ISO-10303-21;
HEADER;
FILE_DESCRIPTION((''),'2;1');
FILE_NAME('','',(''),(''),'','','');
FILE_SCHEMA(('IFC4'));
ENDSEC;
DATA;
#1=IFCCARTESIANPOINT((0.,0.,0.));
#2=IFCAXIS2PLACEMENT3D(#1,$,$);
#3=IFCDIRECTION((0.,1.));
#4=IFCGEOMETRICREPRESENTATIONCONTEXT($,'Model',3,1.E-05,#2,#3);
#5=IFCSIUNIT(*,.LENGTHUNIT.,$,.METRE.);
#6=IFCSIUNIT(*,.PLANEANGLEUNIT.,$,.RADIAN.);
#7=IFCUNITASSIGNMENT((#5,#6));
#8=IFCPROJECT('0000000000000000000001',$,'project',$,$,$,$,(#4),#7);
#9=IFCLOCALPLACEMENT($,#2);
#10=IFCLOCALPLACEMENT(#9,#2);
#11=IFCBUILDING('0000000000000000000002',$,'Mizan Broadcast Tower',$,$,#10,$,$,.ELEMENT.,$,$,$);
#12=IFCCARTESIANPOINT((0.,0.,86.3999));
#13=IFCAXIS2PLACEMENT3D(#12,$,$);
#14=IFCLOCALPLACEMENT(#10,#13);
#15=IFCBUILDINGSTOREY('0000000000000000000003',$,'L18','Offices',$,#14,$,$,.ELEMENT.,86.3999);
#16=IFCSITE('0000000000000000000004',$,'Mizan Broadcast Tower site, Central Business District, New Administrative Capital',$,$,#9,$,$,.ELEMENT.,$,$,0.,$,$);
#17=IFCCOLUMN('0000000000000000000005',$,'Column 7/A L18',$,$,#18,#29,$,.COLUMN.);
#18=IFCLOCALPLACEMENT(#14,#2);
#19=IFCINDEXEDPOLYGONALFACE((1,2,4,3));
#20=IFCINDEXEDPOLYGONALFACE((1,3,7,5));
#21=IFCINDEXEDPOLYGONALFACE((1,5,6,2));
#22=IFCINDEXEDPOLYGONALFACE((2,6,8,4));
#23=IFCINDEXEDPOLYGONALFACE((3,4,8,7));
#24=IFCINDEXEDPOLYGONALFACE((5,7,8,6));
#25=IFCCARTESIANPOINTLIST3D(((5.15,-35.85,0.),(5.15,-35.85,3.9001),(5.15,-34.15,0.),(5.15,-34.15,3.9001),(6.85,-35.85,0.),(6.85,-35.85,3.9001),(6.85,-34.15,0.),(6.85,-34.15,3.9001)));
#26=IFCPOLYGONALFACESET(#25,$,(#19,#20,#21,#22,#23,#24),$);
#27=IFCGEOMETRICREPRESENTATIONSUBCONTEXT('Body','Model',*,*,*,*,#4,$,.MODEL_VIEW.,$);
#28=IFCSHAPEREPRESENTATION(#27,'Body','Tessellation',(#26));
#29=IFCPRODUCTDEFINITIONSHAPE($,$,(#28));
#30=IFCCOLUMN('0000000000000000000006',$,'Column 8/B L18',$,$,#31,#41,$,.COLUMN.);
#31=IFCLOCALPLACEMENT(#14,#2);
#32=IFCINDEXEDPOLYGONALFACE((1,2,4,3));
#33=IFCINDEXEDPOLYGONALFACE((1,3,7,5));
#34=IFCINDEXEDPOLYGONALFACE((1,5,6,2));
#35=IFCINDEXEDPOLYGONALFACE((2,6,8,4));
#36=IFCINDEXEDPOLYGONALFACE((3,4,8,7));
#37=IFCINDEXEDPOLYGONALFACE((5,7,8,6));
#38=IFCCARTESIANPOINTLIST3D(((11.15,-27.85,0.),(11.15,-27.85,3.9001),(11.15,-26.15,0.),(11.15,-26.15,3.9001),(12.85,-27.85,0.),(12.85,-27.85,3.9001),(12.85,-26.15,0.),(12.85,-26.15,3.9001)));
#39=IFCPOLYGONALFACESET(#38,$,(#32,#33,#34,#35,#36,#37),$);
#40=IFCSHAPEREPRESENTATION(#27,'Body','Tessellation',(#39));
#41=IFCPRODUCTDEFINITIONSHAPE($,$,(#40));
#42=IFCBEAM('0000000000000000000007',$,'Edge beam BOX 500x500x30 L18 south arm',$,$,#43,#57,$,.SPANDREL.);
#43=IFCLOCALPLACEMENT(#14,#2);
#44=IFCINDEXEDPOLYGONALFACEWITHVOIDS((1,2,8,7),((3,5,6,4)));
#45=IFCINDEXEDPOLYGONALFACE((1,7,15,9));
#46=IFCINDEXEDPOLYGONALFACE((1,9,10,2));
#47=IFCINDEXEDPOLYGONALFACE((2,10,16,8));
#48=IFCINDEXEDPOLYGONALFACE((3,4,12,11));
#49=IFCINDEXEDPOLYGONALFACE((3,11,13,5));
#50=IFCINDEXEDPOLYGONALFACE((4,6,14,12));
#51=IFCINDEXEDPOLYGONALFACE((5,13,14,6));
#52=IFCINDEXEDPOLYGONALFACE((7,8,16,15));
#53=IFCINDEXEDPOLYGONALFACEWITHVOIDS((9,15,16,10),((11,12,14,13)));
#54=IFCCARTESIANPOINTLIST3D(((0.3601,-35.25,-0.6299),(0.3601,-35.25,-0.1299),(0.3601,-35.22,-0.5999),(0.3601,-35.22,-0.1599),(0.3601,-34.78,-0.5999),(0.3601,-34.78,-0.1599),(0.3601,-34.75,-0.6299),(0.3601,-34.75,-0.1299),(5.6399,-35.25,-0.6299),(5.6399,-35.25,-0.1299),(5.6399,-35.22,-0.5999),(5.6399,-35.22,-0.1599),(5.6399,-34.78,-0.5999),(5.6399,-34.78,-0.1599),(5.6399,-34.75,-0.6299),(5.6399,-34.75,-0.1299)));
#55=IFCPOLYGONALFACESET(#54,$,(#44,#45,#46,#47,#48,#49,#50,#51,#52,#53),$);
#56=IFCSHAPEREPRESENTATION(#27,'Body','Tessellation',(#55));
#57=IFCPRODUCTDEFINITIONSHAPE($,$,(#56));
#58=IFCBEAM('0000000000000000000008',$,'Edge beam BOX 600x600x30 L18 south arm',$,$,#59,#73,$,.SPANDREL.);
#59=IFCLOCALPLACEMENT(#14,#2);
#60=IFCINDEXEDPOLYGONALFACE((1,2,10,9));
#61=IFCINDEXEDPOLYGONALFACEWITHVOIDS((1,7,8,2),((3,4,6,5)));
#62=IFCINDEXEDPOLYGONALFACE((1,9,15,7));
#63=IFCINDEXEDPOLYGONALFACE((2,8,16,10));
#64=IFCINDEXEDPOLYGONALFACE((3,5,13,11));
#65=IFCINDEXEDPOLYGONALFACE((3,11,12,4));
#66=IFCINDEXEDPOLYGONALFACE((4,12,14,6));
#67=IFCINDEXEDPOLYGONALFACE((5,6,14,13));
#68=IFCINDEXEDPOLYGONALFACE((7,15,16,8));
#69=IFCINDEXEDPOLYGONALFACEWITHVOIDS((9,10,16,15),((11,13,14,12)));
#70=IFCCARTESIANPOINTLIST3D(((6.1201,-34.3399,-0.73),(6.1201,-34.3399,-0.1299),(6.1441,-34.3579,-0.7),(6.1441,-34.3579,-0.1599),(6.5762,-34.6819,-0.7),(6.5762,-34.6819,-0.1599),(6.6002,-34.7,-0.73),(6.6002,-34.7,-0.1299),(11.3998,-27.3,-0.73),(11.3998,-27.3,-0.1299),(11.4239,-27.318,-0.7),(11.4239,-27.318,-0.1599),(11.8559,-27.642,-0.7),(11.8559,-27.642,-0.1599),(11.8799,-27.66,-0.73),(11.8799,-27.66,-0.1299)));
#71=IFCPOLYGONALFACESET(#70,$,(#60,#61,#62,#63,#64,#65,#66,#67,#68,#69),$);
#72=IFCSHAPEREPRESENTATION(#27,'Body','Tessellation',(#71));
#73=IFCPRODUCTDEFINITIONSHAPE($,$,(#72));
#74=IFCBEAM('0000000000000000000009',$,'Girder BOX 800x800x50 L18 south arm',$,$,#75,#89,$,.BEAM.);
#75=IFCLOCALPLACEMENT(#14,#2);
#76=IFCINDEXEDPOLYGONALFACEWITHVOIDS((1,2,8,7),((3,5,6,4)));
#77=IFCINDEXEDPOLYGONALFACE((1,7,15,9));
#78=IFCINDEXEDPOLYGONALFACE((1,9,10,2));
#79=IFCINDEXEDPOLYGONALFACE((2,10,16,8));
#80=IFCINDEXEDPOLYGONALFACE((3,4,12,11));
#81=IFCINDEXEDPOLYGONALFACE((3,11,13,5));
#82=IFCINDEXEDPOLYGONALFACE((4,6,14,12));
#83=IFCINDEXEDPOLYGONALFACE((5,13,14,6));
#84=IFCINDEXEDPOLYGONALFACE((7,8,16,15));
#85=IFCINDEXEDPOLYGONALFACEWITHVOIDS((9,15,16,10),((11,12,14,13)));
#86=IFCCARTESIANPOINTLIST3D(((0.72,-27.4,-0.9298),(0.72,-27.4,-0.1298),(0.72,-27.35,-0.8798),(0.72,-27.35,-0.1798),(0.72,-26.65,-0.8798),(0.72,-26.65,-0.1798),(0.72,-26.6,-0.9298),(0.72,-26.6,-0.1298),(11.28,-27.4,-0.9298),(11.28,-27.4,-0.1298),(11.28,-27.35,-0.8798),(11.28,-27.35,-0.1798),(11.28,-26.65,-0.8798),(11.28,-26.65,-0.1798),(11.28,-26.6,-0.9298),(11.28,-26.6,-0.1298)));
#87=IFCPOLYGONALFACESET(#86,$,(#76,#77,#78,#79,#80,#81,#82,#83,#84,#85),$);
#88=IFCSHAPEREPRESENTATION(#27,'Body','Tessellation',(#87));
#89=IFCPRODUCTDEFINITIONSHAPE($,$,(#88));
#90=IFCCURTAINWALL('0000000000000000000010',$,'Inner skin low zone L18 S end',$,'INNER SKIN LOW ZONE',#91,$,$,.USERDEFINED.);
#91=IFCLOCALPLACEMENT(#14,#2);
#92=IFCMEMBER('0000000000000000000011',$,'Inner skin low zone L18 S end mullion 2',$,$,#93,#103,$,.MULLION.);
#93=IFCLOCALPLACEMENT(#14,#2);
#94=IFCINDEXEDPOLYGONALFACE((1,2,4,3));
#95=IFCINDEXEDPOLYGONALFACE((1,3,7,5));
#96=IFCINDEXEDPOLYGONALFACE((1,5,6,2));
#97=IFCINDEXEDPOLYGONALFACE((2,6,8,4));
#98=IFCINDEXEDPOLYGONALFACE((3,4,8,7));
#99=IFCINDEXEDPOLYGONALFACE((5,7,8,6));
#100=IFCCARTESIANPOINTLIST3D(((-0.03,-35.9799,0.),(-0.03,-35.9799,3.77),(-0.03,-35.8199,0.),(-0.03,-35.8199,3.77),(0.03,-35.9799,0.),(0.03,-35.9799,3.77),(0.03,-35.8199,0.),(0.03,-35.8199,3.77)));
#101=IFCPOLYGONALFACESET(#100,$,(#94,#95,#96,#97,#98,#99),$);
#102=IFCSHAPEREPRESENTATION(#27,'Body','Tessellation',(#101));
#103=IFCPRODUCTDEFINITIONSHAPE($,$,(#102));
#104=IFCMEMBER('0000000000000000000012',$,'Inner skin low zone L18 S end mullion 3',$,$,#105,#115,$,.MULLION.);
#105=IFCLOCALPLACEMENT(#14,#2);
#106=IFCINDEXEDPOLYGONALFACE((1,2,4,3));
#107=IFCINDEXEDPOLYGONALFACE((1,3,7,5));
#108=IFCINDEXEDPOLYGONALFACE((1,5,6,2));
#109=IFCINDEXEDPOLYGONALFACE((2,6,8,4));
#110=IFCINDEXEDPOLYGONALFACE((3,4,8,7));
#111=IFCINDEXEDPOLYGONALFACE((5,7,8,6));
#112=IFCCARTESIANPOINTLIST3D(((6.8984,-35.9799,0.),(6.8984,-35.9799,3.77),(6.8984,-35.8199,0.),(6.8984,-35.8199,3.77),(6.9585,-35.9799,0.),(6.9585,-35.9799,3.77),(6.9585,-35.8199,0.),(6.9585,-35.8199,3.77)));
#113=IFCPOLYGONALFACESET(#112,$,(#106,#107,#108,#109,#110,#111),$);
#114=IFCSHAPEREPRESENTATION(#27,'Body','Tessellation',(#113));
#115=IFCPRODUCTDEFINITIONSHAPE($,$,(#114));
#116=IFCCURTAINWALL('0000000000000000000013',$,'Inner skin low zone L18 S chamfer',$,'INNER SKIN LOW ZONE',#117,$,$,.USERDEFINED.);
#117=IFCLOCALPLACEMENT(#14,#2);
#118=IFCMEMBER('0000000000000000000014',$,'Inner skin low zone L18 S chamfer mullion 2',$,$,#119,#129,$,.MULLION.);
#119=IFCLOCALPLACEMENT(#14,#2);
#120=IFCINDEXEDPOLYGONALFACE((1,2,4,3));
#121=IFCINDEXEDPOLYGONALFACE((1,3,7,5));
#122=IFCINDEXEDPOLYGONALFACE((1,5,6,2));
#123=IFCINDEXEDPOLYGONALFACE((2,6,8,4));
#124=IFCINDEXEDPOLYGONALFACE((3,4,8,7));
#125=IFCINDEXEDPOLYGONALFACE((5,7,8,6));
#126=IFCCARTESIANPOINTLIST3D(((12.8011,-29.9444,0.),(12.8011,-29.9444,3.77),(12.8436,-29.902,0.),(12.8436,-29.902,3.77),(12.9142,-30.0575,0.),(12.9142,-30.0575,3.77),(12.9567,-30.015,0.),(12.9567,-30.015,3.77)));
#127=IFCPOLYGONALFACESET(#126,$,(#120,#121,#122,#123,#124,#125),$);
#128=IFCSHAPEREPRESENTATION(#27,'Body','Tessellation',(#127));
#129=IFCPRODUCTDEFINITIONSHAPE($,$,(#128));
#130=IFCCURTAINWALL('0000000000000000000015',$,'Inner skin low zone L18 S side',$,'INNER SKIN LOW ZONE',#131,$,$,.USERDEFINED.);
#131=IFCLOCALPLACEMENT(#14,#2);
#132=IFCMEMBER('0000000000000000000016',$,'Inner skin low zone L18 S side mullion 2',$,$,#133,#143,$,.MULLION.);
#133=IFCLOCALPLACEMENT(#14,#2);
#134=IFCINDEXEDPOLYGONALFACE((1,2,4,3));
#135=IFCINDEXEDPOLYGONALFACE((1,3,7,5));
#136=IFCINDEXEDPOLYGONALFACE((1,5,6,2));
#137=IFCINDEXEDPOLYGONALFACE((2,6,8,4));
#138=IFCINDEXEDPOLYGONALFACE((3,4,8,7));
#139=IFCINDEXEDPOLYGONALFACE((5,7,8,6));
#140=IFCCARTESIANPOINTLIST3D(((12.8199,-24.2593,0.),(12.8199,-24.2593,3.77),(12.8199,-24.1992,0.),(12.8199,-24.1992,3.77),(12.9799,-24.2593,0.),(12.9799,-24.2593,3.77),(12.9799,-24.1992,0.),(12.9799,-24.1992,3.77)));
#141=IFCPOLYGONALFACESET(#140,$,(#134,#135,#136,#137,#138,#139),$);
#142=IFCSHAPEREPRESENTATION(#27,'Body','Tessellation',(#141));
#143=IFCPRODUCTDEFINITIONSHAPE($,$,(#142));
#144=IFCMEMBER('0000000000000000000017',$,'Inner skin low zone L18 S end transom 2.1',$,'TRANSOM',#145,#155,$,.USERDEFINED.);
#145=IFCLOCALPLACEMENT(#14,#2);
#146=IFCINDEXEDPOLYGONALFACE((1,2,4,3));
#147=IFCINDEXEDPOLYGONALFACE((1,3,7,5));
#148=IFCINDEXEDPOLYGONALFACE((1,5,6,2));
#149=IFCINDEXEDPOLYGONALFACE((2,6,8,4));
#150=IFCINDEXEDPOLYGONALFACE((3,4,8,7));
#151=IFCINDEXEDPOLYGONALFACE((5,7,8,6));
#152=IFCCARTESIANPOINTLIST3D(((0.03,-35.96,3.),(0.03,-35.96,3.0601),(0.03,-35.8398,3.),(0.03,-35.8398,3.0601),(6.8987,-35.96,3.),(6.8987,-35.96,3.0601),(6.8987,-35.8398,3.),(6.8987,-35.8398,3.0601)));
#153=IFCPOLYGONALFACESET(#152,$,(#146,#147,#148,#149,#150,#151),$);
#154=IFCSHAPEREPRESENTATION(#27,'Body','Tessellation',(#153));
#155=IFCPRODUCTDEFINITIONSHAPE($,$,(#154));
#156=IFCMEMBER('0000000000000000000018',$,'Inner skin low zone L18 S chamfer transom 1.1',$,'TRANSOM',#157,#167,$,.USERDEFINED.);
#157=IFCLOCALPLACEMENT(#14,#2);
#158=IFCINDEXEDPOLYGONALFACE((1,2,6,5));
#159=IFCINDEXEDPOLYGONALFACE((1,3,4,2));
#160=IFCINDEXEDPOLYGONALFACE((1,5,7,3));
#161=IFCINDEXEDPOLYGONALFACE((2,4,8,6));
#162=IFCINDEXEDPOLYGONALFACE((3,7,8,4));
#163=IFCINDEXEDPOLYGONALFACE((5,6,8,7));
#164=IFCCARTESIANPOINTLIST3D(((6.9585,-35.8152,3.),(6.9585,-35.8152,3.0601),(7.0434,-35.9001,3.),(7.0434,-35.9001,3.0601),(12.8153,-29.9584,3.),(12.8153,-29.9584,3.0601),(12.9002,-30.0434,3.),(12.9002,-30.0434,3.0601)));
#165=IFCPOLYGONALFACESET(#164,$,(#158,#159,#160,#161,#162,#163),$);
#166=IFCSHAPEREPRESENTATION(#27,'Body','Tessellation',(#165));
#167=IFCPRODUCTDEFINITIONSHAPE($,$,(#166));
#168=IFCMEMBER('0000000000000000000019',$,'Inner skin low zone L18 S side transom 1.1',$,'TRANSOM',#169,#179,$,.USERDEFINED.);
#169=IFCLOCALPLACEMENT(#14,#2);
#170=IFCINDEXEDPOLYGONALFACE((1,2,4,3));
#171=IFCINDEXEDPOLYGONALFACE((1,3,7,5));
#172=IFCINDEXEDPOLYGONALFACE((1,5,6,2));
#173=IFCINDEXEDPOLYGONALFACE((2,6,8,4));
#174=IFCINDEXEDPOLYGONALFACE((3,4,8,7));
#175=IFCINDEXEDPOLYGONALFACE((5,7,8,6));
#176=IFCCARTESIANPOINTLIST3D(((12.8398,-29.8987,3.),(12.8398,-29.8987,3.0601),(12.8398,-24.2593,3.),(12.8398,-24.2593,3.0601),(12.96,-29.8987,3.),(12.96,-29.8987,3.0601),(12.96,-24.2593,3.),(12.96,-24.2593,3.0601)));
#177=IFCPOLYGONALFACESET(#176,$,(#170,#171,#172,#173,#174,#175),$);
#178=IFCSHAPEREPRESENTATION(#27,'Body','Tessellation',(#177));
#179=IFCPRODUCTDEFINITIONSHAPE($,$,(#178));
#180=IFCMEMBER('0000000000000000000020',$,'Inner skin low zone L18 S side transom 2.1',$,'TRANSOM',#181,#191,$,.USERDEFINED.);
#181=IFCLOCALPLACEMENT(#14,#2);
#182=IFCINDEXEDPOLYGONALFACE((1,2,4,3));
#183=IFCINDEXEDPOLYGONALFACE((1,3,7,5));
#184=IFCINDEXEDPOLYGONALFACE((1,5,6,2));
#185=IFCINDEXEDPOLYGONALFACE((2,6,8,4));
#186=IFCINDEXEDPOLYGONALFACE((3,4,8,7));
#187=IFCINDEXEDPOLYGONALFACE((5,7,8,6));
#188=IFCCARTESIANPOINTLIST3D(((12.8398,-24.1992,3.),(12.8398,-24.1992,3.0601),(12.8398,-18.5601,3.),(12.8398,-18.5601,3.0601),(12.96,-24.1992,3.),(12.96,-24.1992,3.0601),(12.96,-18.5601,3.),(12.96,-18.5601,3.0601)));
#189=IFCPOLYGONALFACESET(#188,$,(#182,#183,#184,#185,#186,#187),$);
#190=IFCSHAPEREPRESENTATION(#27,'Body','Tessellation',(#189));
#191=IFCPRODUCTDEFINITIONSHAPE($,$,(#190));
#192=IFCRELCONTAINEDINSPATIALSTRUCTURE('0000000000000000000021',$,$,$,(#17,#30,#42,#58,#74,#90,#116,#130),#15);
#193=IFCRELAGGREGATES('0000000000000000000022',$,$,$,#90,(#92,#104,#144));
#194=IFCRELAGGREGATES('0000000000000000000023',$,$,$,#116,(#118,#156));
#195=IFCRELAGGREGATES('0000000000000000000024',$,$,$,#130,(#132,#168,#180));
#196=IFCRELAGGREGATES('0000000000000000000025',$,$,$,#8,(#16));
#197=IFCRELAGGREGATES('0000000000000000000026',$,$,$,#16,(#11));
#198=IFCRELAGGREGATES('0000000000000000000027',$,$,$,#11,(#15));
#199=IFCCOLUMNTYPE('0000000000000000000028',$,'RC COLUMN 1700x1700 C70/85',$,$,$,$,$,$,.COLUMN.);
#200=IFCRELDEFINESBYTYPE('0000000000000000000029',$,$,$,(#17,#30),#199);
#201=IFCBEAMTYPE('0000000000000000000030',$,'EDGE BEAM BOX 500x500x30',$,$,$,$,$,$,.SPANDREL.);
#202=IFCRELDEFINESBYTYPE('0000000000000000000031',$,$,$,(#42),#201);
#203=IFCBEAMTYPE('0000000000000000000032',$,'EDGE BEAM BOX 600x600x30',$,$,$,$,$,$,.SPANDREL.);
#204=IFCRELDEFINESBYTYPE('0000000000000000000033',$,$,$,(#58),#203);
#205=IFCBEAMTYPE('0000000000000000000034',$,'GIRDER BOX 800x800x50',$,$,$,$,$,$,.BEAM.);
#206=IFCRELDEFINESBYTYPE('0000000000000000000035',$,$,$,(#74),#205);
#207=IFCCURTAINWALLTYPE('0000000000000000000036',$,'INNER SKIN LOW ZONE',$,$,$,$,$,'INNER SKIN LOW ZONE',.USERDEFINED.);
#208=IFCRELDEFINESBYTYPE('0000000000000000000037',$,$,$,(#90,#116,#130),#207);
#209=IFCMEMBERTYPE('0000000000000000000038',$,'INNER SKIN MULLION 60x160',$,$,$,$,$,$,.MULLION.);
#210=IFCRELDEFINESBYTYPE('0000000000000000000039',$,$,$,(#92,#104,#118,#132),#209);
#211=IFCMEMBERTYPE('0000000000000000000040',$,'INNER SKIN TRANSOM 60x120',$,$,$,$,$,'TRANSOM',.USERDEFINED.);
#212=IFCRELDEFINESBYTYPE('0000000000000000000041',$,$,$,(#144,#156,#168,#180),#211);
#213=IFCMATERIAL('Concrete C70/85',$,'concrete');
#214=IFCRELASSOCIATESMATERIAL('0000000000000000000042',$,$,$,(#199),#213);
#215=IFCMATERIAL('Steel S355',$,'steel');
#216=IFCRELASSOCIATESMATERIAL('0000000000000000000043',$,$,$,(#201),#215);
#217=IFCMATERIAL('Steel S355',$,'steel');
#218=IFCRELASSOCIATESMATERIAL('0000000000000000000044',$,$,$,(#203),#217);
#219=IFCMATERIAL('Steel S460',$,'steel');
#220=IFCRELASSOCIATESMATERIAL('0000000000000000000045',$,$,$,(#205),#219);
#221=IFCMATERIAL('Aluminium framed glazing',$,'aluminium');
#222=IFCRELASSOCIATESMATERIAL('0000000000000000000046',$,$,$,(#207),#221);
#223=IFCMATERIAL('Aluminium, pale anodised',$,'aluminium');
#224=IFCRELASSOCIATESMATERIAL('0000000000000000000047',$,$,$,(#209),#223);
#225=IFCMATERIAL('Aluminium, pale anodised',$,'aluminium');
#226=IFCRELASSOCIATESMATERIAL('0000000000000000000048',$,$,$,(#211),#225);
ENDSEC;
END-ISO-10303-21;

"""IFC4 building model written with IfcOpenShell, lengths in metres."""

from ifc_helpers import new_model, si_unit, direction, frame, origin, origin_2d, place, context, subcontext, project, spatial, rectangle, hollow_rectangle, extrude, material, material_profile, profile_set, type_object, element, aggregate, save


model = new_model("IFC4")

# Units and contexts
model_context = context("Model", 3, precision=1e-05, world=origin(), true_north=direction((0.0, 1.0)))
body_context = subcontext(model_context, "Body", "Model", "MODEL_VIEW")
ifc_project = project(units=[si_unit("LENGTHUNIT", "METRE"), si_unit("PLANEANGLEUNIT", "RADIAN")], contexts=[model_context])

# Site, building, storey
site_placement = place(None, origin())
site = spatial("IfcSite", under=ifc_project, at=site_placement, Name="Mizan Broadcast Tower site, Central Business District, New Administrative Capital", CompositionType="ELEMENT", RefElevation=0.0)
building_placement = place(site_placement, origin())
building = spatial("IfcBuilding", under=site, at=building_placement, Name="Mizan Broadcast Tower", CompositionType="ELEMENT")
storey_placement = place(building_placement, frame((0.0, 0.0, 86.3999)))
storey = spatial("IfcBuildingStorey", under=building, at=storey_placement, Name="L18", Description="Offices", CompositionType="ELEMENT", Elevation=86.3999)

# Columns
ifc_material_1 = material(Name="Concrete C70/85", Category="concrete")
ifc_material_profile_1 = material_profile(ifc_material_1, rectangle(XDim=1.7, YDim=1.7, at=origin_2d()), Name="RC 1700x1700")
ifc_profile_set_1 = profile_set([ifc_material_profile_1], Name="Concrete C70/85")
column_type = type_object("IfcColumnType", Name="RC COLUMN 1700x1700 C70/85", PredefinedType="COLUMN", material=ifc_profile_set_1)
for number, where, z_axis, x_axis, name in (
    (1, (6.0, -35.0, 0.0), (0.0, 0.0, 1.0), (1.0, 0.0, 0.0), "Column 7/A L18"),
    (2, (12.0, -27.0, 0.0), (0.0, 0.0, 1.0), (1.0, 0.0, 0.0), "Column 8/B L18"),
):
    element("IfcColumn", number, at=place(storey_placement, frame(where, z_axis=z_axis, x_axis=x_axis)), inside=storey, type_object=column_type, Name=name, PredefinedType="COLUMN", context=body_context, shape_type="SweptSolid", body=[
        extrude(rectangle(XDim=1.7, YDim=1.7, at=origin_2d()), origin(), (0.0, 0.0, 1.0), 3.9001),
    ])

# Beams
ifc_material_2 = material(Name="Steel S355", Category="steel")
ifc_material_profile_2 = material_profile(ifc_material_2, hollow_rectangle(XDim=0.5, YDim=0.5, WallThickness=0.03, at=origin_2d()), Name="BOX 500x500x30")
ifc_profile_set_2 = profile_set([ifc_material_profile_2], Name="Steel S355")
beam_type_1 = type_object("IfcBeamType", Name="EDGE BEAM BOX 500x500x30", PredefinedType="SPANDREL", material=ifc_profile_set_2)
beam_1_placement = place(storey_placement, frame((5.6399, -35.0, -0.3799), z_axis=(-1.0, 0.0, 0.0), x_axis=(0.0, -1.0, 0.0)))
element("IfcBeam", 3, at=beam_1_placement, inside=storey, type_object=beam_type_1, Name="Edge beam BOX 500x500x30 L18 south arm", PredefinedType="SPANDREL", context=body_context, shape_type="SweptSolid", body=[
    extrude(hollow_rectangle(XDim=0.5, YDim=0.5, WallThickness=0.03, at=origin_2d()), origin(), (0.0, 0.0, 1.0), 5.2798),
])
ifc_material_3 = material(Name="Steel S355", Category="steel")
ifc_material_profile_3 = material_profile(ifc_material_3, hollow_rectangle(XDim=0.6001, YDim=0.6001, WallThickness=0.03, at=origin_2d()), Name="BOX 600x600x30")
ifc_profile_set_3 = profile_set([ifc_material_profile_3], Name="Steel S355")
beam_type_2 = type_object("IfcBeamType", Name="EDGE BEAM BOX 600x600x30", PredefinedType="SPANDREL", material=ifc_profile_set_3)
beam_2_placement = place(storey_placement, frame((11.6399, -27.48, -0.4299), z_axis=(-0.599982, -0.800013, 0.0), x_axis=(0.800013, -0.599982, 0.0)))
element("IfcBeam", 4, at=beam_2_placement, inside=storey, type_object=beam_type_2, Name="Edge beam BOX 600x600x30 L18 south arm", PredefinedType="SPANDREL", context=body_context, shape_type="SweptSolid", body=[
    extrude(hollow_rectangle(XDim=0.6001, YDim=0.6001, WallThickness=0.03, at=origin_2d()), origin(), (0.0, 0.0, 1.0), 8.7998),
])
ifc_material_4 = material(Name="Steel S460", Category="steel")
ifc_material_profile_4 = material_profile(ifc_material_4, hollow_rectangle(XDim=0.8, YDim=0.8, WallThickness=0.05, at=origin_2d()), Name="BOX 800x800x50")
ifc_profile_set_4 = profile_set([ifc_material_profile_4], Name="Steel S460")
beam_type_3 = type_object("IfcBeamType", Name="GIRDER BOX 800x800x50", PredefinedType="BEAM", material=ifc_profile_set_4)
beam_3_placement = place(storey_placement, frame((11.28, -27.0, -0.5298), z_axis=(-1.0, 0.0, 0.0), x_axis=(0.0, -1.0, 0.0)))
element("IfcBeam", 5, at=beam_3_placement, inside=storey, type_object=beam_type_3, Name="Girder BOX 800x800x50 L18 south arm", PredefinedType="BEAM", context=body_context, shape_type="SweptSolid", body=[
    extrude(hollow_rectangle(XDim=0.8, YDim=0.8, WallThickness=0.05, at=origin_2d()), origin(), (0.0, 0.0, 1.0), 10.5601),
])

# Curtain wall, members
ifc_material_5 = material(Name="Aluminium framed glazing", Category="aluminium")
curtain_wall_type_1 = type_object("IfcCurtainWallType", Name="INNER SKIN LOW ZONE", ElementType="INNER SKIN LOW ZONE", PredefinedType="USERDEFINED", material=ifc_material_5)
curtain_wall_1_placement = place(storey_placement, origin())
curtain_wall_1 = element("IfcCurtainWall", 6, at=curtain_wall_1_placement, inside=storey, type_object=curtain_wall_type_1, Name="Inner skin low zone L18 S end", ObjectType="INNER SKIN LOW ZONE", PredefinedType="USERDEFINED")
ifc_material_6 = material(Name="Aluminium, pale anodised", Category="aluminium")
ifc_material_profile_5 = material_profile(ifc_material_6, rectangle(XDim=0.1599, YDim=0.0601, at=origin_2d()), Name="MULLION 160x60")
ifc_profile_set_5 = profile_set([ifc_material_profile_5], Name="Aluminium, pale anodised")
member_type_1 = type_object("IfcMemberType", Name="INNER SKIN MULLION 60x160", PredefinedType="MULLION", material=ifc_profile_set_5)
member_1_placement = place(storey_placement, frame((0.0, -35.8999, 0.0), z_axis=(0.0, 0.0, 1.0), x_axis=(0.0, 1.0, 0.0)))
member_1 = element("IfcMember", 7, at=member_1_placement, type_object=member_type_1, Name="Inner skin low zone L18 S end mullion 2", PredefinedType="MULLION", context=body_context, shape_type="SweptSolid", body=[
    extrude(rectangle(XDim=0.1599, YDim=0.0601, at=origin_2d()), origin(), (0.0, 0.0, 1.0), 3.77),
])
member_2_placement = place(storey_placement, frame((6.9285, -35.8999, 0.0), z_axis=(0.0, 0.0, 1.0), x_axis=(0.0, 1.0, 0.0)))
member_2 = element("IfcMember", 8, at=member_2_placement, type_object=member_type_1, Name="Inner skin low zone L18 S end mullion 3", PredefinedType="MULLION", context=body_context, shape_type="SweptSolid", body=[
    extrude(rectangle(XDim=0.1599, YDim=0.0601, at=origin_2d()), origin(), (0.0, 0.0, 1.0), 3.77),
])

# Curtain walls, members
curtain_wall_2_placement = place(storey_placement, origin())
curtain_wall_2 = element("IfcCurtainWall", 9, at=curtain_wall_2_placement, inside=storey, type_object=curtain_wall_type_1, Name="Inner skin low zone L18 S chamfer", ObjectType="INNER SKIN LOW ZONE", PredefinedType="USERDEFINED")
member_3_placement = place(storey_placement, frame((12.8789, -29.9797, 0.0), z_axis=(0.0, 0.0, 1.0), x_axis=(-0.707107, 0.707107, 0.0)))
member_3 = element("IfcMember", 10, at=member_3_placement, type_object=member_type_1, Name="Inner skin low zone L18 S chamfer mullion 2", PredefinedType="MULLION", context=body_context, shape_type="SweptSolid", body=[
    extrude(rectangle(XDim=0.1599, YDim=0.0601, at=origin_2d()), origin(), (0.0, 0.0, 1.0), 3.77),
])
curtain_wall_3_placement = place(storey_placement, origin())
curtain_wall_3 = element("IfcCurtainWall", 11, at=curtain_wall_3_placement, inside=storey, type_object=curtain_wall_type_1, Name="Inner skin low zone L18 S side", ObjectType="INNER SKIN LOW ZONE", PredefinedType="USERDEFINED")
member_4_placement = place(storey_placement, frame((12.8999, -24.2292, 0.0), z_axis=(0.0, 0.0, 1.0), x_axis=(-1.0, 0.0, 0.0)))
member_4 = element("IfcMember", 12, at=member_4_placement, type_object=member_type_1, Name="Inner skin low zone L18 S side mullion 2", PredefinedType="MULLION", context=body_context, shape_type="SweptSolid", body=[
    extrude(rectangle(XDim=0.1599, YDim=0.0601, at=origin_2d()), origin(), (0.0, 0.0, 1.0), 3.77),
])

# Members
ifc_material_7 = material(Name="Aluminium, pale anodised", Category="aluminium")
ifc_material_profile_6 = material_profile(ifc_material_7, rectangle(XDim=0.1201, YDim=0.0601, at=origin_2d()), Name="TRANSOM 120x60")
ifc_profile_set_6 = profile_set([ifc_material_profile_6], Name="Aluminium, pale anodised")
member_type_2 = type_object("IfcMemberType", Name="INNER SKIN TRANSOM 60x120", ElementType="TRANSOM", PredefinedType="USERDEFINED", material=ifc_profile_set_6)
member_5_placement = place(storey_placement, frame((0.03, -35.8999, 3.03), z_axis=(1.0, 0.0, 0.0), x_axis=(0.0, 1.0, 0.0)))
member_5 = element("IfcMember", 13, at=member_5_placement, type_object=member_type_2, Name="Inner skin low zone L18 S end transom 2.1", ObjectType="TRANSOM", PredefinedType="USERDEFINED", context=body_context, shape_type="SweptSolid", body=[
    extrude(rectangle(XDim=0.1201, YDim=0.0601, at=origin_2d()), origin(), (0.0, 0.0, 1.0), 6.8687),
])
member_6_placement = place(storey_placement, frame((7.001, -35.8577, 3.03), z_axis=(0.707107, 0.707107, 0.0), x_axis=(-0.707107, 0.707107, 0.0)))
member_6 = element("IfcMember", 14, at=member_6_placement, type_object=member_type_2, Name="Inner skin low zone L18 S chamfer transom 1.1", ObjectType="TRANSOM", PredefinedType="USERDEFINED", context=body_context, shape_type="SweptSolid", body=[
    extrude(rectangle(XDim=0.1201, YDim=0.0601, at=origin_2d()), origin(), (0.0, 0.0, 1.0), 8.2827),
])
member_7_placement = place(storey_placement, frame((12.8999, -29.8987, 3.03), z_axis=(0.0, 1.0, 0.0), x_axis=(-1.0, 0.0, 0.0)))
member_7 = element("IfcMember", 15, at=member_7_placement, type_object=member_type_2, Name="Inner skin low zone L18 S side transom 1.1", ObjectType="TRANSOM", PredefinedType="USERDEFINED", context=body_context, shape_type="SweptSolid", body=[
    extrude(rectangle(XDim=0.1201, YDim=0.0601, at=origin_2d()), origin(), (0.0, 0.0, 1.0), 5.6394),
])
member_8_placement = place(storey_placement, frame((12.8999, -24.1992, 3.03), z_axis=(0.0, 1.0, 0.0), x_axis=(-1.0, 0.0, 0.0)))
member_8 = element("IfcMember", 16, at=member_8_placement, type_object=member_type_2, Name="Inner skin low zone L18 S side transom 2.1", ObjectType="TRANSOM", PredefinedType="USERDEFINED", context=body_context, shape_type="SweptSolid", body=[
    extrude(rectangle(XDim=0.1201, YDim=0.0601, at=origin_2d()), origin(), (0.0, 0.0, 1.0), 5.6392),
])

aggregate(curtain_wall_1, [member_1, member_2, member_5])
aggregate(curtain_wall_2, [member_3, member_6])
aggregate(curtain_wall_3, [member_4, member_7, member_8])

save(model, "model.ifc")
